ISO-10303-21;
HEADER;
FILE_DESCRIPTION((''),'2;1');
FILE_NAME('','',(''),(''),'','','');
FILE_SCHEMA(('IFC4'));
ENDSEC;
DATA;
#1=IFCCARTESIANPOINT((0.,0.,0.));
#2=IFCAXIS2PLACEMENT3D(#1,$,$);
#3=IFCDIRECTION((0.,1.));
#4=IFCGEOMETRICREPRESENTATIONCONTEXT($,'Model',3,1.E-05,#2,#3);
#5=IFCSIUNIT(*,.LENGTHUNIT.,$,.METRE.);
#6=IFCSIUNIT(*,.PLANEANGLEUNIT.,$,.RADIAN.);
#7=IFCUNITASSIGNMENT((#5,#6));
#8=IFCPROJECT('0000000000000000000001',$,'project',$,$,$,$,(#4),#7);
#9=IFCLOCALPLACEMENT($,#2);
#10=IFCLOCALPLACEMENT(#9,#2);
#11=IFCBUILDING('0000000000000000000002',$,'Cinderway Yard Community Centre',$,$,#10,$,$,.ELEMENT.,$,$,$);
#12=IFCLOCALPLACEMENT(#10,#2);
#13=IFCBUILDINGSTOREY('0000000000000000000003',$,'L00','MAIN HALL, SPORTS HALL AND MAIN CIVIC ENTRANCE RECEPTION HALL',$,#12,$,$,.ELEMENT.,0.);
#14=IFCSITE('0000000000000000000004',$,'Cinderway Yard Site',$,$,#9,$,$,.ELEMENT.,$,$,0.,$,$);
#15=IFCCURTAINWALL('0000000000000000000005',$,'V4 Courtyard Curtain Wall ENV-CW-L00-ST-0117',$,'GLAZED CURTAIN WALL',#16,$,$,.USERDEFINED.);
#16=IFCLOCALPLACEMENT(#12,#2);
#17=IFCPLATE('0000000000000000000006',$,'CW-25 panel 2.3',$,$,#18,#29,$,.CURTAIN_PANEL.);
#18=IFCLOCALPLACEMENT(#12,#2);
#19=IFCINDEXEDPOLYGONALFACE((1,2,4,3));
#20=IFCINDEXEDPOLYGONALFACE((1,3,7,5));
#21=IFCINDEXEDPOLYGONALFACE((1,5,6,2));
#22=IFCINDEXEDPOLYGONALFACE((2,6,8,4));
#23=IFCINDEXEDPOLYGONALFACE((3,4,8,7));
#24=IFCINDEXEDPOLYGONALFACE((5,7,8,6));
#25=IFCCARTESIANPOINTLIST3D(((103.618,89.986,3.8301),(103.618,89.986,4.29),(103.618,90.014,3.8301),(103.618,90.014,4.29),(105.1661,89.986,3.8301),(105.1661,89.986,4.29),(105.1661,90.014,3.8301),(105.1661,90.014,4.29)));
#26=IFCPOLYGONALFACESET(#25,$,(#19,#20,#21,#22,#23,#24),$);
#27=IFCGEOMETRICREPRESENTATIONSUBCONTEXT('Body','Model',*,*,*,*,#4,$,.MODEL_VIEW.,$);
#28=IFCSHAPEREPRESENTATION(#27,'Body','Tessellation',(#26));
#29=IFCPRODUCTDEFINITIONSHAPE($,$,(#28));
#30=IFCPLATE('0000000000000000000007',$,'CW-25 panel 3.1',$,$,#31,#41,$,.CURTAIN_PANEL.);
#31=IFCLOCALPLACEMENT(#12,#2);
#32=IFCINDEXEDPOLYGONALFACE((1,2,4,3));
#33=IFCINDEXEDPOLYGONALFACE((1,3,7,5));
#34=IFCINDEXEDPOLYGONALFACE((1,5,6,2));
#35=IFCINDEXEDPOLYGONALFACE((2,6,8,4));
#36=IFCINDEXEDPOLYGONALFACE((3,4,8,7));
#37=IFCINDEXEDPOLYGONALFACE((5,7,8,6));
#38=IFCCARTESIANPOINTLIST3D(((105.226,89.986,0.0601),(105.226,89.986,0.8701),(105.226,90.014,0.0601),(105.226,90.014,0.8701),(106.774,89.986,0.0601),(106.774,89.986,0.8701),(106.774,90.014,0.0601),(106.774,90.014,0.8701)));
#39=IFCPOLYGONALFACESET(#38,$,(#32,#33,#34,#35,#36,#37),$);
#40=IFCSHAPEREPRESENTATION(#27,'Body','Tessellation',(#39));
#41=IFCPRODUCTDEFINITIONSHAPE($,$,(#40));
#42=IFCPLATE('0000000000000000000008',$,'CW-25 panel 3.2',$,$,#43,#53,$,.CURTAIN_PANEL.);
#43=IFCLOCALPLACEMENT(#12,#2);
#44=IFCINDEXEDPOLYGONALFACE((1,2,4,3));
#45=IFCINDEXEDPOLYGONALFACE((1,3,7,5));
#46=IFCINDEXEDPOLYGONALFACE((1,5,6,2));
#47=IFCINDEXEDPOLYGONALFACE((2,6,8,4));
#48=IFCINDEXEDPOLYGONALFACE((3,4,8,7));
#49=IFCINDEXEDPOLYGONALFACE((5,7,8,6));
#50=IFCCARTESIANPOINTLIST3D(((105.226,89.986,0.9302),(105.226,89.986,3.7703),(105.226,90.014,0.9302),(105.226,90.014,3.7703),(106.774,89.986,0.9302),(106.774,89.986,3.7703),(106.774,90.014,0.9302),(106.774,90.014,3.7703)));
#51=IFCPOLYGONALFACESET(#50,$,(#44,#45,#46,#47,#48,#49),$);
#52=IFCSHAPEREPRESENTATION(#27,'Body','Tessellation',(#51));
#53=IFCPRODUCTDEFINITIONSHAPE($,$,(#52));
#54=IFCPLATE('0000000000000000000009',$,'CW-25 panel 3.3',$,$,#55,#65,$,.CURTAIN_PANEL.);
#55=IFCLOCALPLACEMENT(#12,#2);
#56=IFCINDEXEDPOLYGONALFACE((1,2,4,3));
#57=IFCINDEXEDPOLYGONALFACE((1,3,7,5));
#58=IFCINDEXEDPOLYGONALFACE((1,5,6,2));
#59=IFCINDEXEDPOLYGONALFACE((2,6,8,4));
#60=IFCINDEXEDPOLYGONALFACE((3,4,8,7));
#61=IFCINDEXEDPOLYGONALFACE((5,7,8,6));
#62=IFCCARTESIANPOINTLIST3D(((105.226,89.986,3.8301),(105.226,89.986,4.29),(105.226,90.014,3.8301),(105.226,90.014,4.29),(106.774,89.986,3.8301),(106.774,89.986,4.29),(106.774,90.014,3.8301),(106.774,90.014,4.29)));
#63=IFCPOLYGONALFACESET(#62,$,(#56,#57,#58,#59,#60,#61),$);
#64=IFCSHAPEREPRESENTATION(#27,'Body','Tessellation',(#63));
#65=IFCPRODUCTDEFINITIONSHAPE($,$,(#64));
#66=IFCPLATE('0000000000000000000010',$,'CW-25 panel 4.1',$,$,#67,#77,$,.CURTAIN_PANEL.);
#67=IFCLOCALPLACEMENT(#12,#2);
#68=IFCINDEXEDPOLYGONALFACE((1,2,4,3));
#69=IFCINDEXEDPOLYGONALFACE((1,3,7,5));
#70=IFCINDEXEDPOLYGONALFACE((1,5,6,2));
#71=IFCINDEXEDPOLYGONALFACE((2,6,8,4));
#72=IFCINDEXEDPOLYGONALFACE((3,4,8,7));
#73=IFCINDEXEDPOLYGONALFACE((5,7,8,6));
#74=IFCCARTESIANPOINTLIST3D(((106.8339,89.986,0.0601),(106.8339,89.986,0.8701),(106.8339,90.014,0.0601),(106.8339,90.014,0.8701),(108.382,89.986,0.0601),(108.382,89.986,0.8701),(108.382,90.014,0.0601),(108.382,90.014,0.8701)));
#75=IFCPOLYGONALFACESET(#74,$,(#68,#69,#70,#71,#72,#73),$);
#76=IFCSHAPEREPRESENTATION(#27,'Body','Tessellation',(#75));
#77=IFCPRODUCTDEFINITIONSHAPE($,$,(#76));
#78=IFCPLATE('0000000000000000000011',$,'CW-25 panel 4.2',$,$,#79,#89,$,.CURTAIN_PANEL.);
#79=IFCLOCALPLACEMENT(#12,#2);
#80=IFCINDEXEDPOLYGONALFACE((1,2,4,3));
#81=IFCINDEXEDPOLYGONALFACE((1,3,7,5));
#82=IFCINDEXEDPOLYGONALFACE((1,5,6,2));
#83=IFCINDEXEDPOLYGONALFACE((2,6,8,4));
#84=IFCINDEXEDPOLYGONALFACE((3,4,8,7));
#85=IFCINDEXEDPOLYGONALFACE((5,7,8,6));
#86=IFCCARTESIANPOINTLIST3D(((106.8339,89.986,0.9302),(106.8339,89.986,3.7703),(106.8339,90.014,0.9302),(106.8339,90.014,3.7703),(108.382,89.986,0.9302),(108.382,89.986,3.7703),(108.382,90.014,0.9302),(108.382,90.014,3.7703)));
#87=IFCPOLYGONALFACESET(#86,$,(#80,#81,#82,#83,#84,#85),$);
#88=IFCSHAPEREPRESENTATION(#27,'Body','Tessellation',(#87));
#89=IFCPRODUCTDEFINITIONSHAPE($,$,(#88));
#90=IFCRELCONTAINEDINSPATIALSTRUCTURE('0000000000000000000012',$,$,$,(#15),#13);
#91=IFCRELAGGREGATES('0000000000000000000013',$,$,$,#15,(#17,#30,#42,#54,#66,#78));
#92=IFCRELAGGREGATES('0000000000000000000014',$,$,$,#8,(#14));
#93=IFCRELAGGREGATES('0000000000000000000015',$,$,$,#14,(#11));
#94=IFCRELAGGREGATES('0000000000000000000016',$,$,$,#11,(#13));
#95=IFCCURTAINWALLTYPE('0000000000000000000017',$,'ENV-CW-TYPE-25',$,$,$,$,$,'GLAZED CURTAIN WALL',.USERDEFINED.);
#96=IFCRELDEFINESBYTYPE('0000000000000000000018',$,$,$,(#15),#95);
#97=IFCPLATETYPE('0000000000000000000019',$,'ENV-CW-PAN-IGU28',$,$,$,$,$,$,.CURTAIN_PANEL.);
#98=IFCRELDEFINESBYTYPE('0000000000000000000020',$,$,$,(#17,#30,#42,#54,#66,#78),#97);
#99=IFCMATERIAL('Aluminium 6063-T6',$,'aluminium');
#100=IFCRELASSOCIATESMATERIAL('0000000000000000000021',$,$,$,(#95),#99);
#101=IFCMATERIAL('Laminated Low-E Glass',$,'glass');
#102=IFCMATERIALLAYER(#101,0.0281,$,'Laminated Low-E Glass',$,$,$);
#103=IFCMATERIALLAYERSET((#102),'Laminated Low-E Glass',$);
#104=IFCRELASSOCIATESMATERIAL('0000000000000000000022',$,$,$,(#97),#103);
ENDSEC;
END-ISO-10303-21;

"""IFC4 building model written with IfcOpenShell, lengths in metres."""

from ifc_helpers import new_model, si_unit, direction, frame, origin, origin_2d, place, context, subcontext, project, spatial, rectangle, extrude, material, layer, layer_set, type_object, element, aggregate, save


model = new_model("IFC4")

# Units and contexts
model_context = context("Model", 3, precision=1e-05, world=origin(), true_north=direction((0.0, 1.0)))
body_context = subcontext(model_context, "Body", "Model", "MODEL_VIEW")
ifc_project = project(units=[si_unit("LENGTHUNIT", "METRE"), si_unit("PLANEANGLEUNIT", "RADIAN")], contexts=[model_context])

# Site, building, storey
site_placement = place(None, origin())
site = spatial("IfcSite", under=ifc_project, at=site_placement, Name="Cinderway Yard Site", CompositionType="ELEMENT", RefElevation=0.0)
building_placement = place(site_placement, origin())
building = spatial("IfcBuilding", under=site, at=building_placement, Name="Cinderway Yard Community Centre", CompositionType="ELEMENT")
storey_placement = place(building_placement, origin())
storey = spatial("IfcBuildingStorey", under=building, at=storey_placement, Name="L00", Description="MAIN HALL, SPORTS HALL AND MAIN CIVIC ENTRANCE RECEPTION HALL", CompositionType="ELEMENT", Elevation=0.0)

# Curtain wall, plates
ifc_material_1 = material(Name="Aluminium 6063-T6", Category="aluminium")
curtain_wall_type = type_object("IfcCurtainWallType", Name="ENV-CW-TYPE-25", ElementType="GLAZED CURTAIN WALL", PredefinedType="USERDEFINED", material=ifc_material_1)
curtain_wall_placement = place(storey_placement, origin())
curtain_wall = element("IfcCurtainWall", 1, at=curtain_wall_placement, inside=storey, type_object=curtain_wall_type, Name="V4 Courtyard Curtain Wall ENV-CW-L00-ST-0117", ObjectType="GLAZED CURTAIN WALL", PredefinedType="USERDEFINED")
ifc_material_2 = material(Name="Laminated Low-E Glass", Category="glass")
ifc_layer = layer(ifc_material_2, 0.0281, Name="Laminated Low-E Glass")
ifc_layer_set = layer_set([ifc_layer], Name="Laminated Low-E Glass")
plate_type = type_object("IfcPlateType", Name="ENV-CW-PAN-IGU28", PredefinedType="CURTAIN_PANEL", material=ifc_layer_set)
plate_1_placement = place(storey_placement, frame((104.3921, 90.0, 3.8301), z_axis=(0.0, 0.0, 1.0), x_axis=(1.0, 0.0, 0.0)))
plate_1 = element("IfcPlate", 2, at=plate_1_placement, type_object=plate_type, Name="CW-25 panel 2.3", PredefinedType="CURTAIN_PANEL", context=body_context, shape_type="SweptSolid", body=[
    extrude(rectangle(XDim=1.5481, YDim=0.0281, at=origin_2d()), origin(), (0.0, 0.0, 1.0), 0.46),
])
plate_2_placement = place(storey_placement, frame((106.0, 90.0, 0.0601), z_axis=(0.0, 0.0, 1.0), x_axis=(1.0, 0.0, 0.0)))
plate_2 = element("IfcPlate", 3, at=plate_2_placement, type_object=plate_type, Name="CW-25 panel 3.1", PredefinedType="CURTAIN_PANEL", context=body_context, shape_type="SweptSolid", body=[
    extrude(rectangle(XDim=1.5481, YDim=0.0281, at=origin_2d()), origin(), (0.0, 0.0, 1.0), 0.8101),
])
plate_3_placement = place(storey_placement, frame((106.0, 90.0, 0.9302), z_axis=(0.0, 0.0, 1.0), x_axis=(1.0, 0.0, 0.0)))
plate_3 = element("IfcPlate", 4, at=plate_3_placement, type_object=plate_type, Name="CW-25 panel 3.2", PredefinedType="CURTAIN_PANEL", context=body_context, shape_type="SweptSolid", body=[
    extrude(rectangle(XDim=1.5481, YDim=0.0281, at=origin_2d()), origin(), (0.0, 0.0, 1.0), 2.8401),
])
plate_4_placement = place(storey_placement, frame((106.0, 90.0, 3.8301), z_axis=(0.0, 0.0, 1.0), x_axis=(1.0, 0.0, 0.0)))
plate_4 = element("IfcPlate", 5, at=plate_4_placement, type_object=plate_type, Name="CW-25 panel 3.3", PredefinedType="CURTAIN_PANEL", context=body_context, shape_type="SweptSolid", body=[
    extrude(rectangle(XDim=1.5481, YDim=0.0281, at=origin_2d()), origin(), (0.0, 0.0, 1.0), 0.46),
])
plate_5_placement = place(storey_placement, frame((107.6079, 90.0, 0.0601), z_axis=(0.0, 0.0, 1.0), x_axis=(1.0, 0.0, 0.0)))
plate_5 = element("IfcPlate", 6, at=plate_5_placement, type_object=plate_type, Name="CW-25 panel 4.1", PredefinedType="CURTAIN_PANEL", context=body_context, shape_type="SweptSolid", body=[
    extrude(rectangle(XDim=1.5481, YDim=0.0281, at=origin_2d()), origin(), (0.0, 0.0, 1.0), 0.8101),
])
plate_6_placement = place(storey_placement, frame((107.6079, 90.0, 0.9302), z_axis=(0.0, 0.0, 1.0), x_axis=(1.0, 0.0, 0.0)))
plate_6 = element("IfcPlate", 7, at=plate_6_placement, type_object=plate_type, Name="CW-25 panel 4.2", PredefinedType="CURTAIN_PANEL", context=body_context, shape_type="SweptSolid", body=[
    extrude(rectangle(XDim=1.5481, YDim=0.0281, at=origin_2d()), origin(), (0.0, 0.0, 1.0), 2.8401),
])
aggregate(curtain_wall, [plate_1, plate_2, plate_3, plate_4, plate_5, plate_6])

save(model, "model.ifc")
